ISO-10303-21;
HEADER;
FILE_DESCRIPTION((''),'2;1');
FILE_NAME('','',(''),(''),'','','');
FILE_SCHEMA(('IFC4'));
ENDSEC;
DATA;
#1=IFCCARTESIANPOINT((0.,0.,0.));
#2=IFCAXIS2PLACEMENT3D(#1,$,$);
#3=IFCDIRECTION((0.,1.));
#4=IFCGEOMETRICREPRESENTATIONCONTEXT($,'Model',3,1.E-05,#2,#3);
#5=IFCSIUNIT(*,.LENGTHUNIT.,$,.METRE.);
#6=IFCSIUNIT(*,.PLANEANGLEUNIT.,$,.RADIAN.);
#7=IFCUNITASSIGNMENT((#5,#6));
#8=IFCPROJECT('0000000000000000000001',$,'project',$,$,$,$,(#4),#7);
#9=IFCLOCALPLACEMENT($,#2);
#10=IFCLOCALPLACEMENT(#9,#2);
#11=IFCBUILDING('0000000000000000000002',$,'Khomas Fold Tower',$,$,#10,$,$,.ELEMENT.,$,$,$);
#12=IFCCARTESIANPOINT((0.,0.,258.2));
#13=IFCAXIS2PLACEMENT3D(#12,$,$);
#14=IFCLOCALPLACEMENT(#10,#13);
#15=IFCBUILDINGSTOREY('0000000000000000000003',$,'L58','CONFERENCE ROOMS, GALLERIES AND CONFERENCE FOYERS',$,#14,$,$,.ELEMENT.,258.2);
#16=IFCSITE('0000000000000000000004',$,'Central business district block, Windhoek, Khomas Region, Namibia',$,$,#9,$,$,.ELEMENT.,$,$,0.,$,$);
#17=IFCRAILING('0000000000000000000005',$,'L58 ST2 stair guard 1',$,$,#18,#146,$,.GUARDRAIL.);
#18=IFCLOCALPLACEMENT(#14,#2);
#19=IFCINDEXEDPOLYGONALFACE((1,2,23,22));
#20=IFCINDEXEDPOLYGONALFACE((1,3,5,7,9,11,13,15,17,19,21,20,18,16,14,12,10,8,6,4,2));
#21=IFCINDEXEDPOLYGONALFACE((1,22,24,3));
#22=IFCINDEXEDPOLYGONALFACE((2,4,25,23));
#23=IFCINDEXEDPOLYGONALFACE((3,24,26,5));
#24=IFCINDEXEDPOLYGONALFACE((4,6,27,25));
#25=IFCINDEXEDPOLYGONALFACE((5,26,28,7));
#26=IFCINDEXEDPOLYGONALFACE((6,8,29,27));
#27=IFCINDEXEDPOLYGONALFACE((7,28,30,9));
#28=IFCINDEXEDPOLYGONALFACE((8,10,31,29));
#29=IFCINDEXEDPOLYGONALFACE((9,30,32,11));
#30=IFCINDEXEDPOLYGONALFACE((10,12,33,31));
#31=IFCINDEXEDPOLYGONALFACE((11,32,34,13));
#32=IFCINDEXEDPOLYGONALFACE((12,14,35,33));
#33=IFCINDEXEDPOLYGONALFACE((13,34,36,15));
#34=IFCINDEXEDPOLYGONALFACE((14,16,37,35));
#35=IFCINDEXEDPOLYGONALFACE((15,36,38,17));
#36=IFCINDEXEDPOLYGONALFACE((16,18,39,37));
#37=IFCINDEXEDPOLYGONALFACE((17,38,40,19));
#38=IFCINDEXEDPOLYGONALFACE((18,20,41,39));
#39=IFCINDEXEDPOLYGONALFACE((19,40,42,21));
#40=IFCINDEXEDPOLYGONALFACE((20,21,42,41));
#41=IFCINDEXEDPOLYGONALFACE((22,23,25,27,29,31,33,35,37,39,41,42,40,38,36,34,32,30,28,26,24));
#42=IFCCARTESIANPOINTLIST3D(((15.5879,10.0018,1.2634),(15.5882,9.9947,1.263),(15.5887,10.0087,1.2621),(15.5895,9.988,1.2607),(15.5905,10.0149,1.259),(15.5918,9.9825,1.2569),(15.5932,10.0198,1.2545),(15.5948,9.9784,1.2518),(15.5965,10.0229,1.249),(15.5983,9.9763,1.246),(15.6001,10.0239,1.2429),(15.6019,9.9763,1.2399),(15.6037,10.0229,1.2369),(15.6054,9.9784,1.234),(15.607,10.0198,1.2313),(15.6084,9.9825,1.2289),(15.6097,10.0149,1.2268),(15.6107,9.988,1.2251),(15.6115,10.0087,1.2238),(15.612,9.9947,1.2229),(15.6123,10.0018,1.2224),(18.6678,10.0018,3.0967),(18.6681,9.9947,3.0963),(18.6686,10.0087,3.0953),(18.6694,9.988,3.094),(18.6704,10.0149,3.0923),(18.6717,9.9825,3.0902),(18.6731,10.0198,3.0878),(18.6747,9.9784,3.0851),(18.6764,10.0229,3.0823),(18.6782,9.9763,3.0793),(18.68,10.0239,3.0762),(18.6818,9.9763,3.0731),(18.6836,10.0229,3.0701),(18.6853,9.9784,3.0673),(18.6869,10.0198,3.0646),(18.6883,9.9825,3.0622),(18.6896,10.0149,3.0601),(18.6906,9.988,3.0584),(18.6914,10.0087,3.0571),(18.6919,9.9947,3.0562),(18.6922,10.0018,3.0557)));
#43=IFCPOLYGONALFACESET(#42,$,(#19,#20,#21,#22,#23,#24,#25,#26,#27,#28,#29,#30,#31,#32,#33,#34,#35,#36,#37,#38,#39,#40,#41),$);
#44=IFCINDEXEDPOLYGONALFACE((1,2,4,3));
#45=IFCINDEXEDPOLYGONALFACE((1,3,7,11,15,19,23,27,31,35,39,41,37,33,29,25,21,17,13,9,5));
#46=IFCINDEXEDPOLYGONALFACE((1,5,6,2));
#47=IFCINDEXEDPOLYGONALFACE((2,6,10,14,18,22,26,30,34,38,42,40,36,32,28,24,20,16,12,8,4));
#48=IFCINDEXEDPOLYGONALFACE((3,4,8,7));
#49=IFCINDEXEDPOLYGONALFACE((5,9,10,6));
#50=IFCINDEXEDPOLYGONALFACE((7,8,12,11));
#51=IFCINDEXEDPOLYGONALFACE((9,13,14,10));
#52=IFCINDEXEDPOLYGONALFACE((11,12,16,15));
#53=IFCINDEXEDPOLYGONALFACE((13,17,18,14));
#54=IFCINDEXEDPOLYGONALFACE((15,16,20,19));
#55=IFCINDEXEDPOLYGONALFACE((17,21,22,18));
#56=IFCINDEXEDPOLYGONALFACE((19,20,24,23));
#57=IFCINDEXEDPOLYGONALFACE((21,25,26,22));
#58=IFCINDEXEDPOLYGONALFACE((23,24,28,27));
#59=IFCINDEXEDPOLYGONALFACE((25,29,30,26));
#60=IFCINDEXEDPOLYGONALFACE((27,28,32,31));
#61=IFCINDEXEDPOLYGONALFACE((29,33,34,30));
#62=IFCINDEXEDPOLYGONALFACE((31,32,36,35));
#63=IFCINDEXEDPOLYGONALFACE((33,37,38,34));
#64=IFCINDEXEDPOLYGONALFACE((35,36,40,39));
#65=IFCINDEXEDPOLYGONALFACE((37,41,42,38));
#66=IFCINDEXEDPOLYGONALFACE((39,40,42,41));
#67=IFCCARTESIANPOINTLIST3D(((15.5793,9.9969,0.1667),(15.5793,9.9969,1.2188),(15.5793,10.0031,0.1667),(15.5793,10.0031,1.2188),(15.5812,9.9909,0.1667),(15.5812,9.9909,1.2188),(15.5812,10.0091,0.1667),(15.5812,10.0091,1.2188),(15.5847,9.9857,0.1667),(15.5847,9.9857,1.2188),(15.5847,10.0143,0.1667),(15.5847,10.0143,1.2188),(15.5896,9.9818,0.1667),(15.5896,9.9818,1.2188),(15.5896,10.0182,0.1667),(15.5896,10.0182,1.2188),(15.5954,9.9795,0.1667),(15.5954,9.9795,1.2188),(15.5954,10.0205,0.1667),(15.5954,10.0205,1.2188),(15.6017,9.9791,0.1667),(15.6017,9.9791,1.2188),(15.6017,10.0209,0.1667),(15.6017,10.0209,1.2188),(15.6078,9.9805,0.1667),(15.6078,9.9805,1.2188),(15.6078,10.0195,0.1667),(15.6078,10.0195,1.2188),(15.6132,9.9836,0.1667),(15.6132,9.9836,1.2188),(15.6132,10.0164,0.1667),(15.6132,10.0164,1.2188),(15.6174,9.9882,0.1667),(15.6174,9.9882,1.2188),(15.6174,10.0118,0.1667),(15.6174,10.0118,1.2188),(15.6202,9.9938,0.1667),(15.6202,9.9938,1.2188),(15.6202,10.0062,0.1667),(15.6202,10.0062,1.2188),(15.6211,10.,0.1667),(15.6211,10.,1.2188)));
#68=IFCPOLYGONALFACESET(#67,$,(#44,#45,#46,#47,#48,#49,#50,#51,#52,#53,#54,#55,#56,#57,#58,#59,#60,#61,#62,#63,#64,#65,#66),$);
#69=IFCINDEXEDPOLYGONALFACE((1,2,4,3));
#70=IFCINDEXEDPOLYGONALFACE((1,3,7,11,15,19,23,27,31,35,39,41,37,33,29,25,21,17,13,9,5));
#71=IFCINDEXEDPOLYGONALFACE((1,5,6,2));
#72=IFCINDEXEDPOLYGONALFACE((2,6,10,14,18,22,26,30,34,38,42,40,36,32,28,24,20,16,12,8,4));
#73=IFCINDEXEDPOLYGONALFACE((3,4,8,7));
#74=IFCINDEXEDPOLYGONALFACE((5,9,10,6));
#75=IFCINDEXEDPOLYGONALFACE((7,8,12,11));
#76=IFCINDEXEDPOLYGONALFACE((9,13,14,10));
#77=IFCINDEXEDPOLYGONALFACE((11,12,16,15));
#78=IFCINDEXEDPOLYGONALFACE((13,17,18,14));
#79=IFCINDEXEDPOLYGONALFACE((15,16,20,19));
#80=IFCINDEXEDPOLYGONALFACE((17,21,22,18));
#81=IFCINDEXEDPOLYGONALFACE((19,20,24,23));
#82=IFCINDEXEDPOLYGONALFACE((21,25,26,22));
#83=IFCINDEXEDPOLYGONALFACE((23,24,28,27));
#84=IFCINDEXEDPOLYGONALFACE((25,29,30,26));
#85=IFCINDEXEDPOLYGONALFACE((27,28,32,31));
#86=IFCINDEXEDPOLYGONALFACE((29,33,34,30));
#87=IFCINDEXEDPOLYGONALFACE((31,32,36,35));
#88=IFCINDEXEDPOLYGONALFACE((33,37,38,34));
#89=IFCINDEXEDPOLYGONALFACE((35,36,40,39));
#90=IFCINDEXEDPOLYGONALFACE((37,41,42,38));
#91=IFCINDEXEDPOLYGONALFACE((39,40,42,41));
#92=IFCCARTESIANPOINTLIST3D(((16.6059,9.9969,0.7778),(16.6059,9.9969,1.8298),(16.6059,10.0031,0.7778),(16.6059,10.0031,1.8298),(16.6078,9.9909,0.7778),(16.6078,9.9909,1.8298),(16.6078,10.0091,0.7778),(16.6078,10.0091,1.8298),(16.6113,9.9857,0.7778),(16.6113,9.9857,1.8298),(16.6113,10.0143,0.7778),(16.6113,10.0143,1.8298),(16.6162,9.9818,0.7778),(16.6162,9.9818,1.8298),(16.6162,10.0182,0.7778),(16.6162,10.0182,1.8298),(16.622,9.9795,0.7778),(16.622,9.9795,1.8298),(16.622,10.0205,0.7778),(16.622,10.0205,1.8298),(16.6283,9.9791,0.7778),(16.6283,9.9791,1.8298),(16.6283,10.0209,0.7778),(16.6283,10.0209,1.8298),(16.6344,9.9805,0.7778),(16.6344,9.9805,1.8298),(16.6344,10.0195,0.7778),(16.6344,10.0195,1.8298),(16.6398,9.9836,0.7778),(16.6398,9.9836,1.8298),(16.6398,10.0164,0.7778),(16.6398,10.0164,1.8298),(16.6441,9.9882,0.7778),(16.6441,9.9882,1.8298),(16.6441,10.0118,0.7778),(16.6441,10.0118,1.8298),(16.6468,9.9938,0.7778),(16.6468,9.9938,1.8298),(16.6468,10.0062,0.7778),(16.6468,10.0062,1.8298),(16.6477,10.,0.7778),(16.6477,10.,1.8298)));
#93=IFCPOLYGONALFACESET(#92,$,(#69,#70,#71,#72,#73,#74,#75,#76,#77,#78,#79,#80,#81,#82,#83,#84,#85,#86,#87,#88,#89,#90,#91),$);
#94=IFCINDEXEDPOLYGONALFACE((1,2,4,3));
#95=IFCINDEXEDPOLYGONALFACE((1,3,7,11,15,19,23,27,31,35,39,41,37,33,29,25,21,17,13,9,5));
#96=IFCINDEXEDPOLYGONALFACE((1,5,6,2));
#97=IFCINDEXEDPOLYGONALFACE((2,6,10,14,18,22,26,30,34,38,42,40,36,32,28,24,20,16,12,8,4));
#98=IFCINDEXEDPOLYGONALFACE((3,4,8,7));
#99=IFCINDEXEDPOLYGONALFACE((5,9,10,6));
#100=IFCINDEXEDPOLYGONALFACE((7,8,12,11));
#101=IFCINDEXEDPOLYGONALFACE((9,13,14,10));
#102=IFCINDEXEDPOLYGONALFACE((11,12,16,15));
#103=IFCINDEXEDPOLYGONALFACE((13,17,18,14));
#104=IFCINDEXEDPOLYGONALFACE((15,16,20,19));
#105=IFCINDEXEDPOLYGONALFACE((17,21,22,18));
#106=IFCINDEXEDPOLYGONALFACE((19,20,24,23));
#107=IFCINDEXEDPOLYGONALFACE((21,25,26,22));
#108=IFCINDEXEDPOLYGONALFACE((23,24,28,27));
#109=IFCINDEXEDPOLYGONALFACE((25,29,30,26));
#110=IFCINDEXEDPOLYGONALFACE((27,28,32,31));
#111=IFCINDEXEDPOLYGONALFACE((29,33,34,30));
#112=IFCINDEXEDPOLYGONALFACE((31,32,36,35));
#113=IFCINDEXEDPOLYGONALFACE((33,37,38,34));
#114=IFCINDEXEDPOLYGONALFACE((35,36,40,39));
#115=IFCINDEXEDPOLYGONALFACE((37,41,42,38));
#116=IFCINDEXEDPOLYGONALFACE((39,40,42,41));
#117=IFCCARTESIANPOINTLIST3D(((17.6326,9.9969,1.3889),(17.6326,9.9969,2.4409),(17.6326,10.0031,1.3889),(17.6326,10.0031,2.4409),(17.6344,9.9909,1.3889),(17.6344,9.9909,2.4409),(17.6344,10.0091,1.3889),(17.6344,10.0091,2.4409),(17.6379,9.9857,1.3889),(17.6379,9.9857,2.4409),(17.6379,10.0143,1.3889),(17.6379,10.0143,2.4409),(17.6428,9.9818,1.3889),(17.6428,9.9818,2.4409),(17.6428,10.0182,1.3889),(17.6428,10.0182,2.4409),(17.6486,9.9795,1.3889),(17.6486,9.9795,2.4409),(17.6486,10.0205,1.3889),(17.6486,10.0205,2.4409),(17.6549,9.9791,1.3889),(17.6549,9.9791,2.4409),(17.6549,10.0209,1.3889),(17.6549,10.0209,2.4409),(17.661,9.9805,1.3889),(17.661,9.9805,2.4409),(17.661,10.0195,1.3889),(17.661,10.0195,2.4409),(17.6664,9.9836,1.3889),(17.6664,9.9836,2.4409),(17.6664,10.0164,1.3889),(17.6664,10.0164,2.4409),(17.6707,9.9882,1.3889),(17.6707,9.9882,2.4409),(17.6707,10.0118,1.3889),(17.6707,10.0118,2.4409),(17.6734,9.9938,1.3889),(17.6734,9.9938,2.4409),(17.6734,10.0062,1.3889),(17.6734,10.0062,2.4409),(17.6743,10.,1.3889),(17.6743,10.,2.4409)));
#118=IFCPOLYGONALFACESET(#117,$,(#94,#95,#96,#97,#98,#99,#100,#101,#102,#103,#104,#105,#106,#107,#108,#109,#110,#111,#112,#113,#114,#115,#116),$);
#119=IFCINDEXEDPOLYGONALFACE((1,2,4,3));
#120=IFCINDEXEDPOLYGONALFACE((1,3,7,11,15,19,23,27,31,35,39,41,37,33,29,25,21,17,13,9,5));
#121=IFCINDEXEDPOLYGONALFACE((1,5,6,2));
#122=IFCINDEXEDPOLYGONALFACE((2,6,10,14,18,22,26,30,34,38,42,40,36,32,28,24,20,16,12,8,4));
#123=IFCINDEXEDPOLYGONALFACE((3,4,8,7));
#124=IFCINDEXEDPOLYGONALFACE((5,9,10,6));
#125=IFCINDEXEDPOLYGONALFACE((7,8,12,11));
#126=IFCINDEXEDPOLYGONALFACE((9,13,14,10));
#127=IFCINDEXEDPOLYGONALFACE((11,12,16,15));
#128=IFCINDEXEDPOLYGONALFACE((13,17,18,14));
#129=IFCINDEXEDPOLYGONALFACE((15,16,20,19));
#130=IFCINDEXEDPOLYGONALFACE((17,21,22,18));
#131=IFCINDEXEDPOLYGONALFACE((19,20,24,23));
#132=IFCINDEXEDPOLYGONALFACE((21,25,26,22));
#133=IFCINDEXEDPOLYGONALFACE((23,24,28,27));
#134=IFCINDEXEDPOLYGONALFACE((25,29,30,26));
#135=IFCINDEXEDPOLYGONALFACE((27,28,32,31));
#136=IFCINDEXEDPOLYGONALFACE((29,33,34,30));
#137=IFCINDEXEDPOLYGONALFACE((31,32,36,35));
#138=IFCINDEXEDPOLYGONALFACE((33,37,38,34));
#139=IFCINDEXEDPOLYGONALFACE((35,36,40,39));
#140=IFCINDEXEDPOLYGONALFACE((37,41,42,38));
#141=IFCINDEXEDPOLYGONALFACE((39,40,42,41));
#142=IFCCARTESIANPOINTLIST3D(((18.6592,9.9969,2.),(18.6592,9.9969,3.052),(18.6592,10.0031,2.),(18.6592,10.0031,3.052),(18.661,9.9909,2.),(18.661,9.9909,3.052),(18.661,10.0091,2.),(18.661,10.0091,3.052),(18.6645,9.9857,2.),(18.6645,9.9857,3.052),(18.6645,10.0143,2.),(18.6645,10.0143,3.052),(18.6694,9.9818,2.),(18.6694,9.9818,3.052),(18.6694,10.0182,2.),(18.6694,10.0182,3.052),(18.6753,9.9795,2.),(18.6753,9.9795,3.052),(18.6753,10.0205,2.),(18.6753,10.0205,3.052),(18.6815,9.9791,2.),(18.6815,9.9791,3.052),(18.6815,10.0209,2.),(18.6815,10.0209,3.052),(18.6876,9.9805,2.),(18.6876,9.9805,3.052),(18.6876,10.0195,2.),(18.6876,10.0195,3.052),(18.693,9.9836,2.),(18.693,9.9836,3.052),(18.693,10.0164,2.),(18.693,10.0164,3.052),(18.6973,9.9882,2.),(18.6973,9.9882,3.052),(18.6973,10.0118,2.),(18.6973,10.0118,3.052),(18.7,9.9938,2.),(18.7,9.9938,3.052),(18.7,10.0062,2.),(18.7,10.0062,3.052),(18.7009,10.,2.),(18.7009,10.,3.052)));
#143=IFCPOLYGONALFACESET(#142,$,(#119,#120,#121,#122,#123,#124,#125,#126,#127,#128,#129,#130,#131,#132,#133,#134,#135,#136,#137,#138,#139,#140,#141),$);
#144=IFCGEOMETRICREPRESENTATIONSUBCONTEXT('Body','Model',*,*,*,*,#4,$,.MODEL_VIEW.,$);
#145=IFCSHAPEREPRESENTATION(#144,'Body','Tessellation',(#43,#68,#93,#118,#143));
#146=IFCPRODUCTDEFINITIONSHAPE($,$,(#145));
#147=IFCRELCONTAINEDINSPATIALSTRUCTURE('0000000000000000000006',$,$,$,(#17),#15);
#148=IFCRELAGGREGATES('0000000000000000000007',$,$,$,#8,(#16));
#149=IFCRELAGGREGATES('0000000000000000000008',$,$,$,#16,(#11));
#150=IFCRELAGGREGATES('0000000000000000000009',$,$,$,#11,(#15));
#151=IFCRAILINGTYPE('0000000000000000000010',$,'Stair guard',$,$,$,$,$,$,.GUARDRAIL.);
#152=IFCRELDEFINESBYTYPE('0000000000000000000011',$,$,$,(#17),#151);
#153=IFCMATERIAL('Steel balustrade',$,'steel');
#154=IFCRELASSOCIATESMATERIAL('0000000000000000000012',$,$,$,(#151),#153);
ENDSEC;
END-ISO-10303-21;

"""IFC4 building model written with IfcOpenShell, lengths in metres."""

from ifc_helpers import new_model, si_unit, direction, frame, origin, origin_2d, place, context, subcontext, project, spatial, circle, extrude, source, transform, mapped, material, type_object, element, save


model = new_model("IFC4")

# Units and contexts
model_context = context("Model", 3, precision=1e-05, world=origin(), true_north=direction((0.0, 1.0)))
body_context = subcontext(model_context, "Body", "Model", "MODEL_VIEW")
ifc_project = project(units=[si_unit("LENGTHUNIT", "METRE"), si_unit("PLANEANGLEUNIT", "RADIAN")], contexts=[model_context])

# Site, building, storey
site_placement = place(None, origin())
site = spatial("IfcSite", under=ifc_project, at=site_placement, Name="Central business district block, Windhoek, Khomas Region, Namibia", CompositionType="ELEMENT", RefElevation=0.0)
building_placement = place(site_placement, origin())
building = spatial("IfcBuilding", under=site, at=building_placement, Name="Khomas Fold Tower", CompositionType="ELEMENT")
storey_placement = place(building_placement, frame((0.0, 0.0, 258.2)))
storey = spatial("IfcBuildingStorey", under=building, at=storey_placement, Name="L58", Description="CONFERENCE ROOMS, GALLERIES AND CONFERENCE FOYERS", CompositionType="ELEMENT", Elevation=258.2)

# Railing
ifc_material_1 = material(Name="Steel balustrade", Category="steel")
railing_type_1 = type_object("IfcRailingType", Name="Stair guard", PredefinedType="GUARDRAIL", material=ifc_material_1)
shared_shape_1 = source(origin(), body_context, "Body", "SweptSolid", [
    extrude(circle(Radius=0.0239, at=origin_2d()), frame((0.0, 0.0, 1.0762), z_axis=(0.859291, 0.0, 0.511487), x_axis=(0.0, 1.0, 0.0)), (0.0, 0.0, 1.0), 3.5842),
    extrude(circle(Radius=0.021, at=origin_2d()), origin(), (0.0, 0.0, 1.0), 1.052),
    extrude(circle(Radius=0.021, at=origin_2d()), frame((1.0266, 0.0, 0.6111)), (0.0, 0.0, 1.0), 1.052),
    extrude(circle(Radius=0.021, at=origin_2d()), frame((2.0532, 0.0, 1.2222)), (0.0, 0.0, 1.0), 1.052),
    extrude(circle(Radius=0.021, at=origin_2d()), frame((3.0798, 0.0, 1.8333)), (0.0, 0.0, 1.0), 1.052),
])
railing_1_placement = place(storey_placement, frame((15.6001, 10.0, 0.1667)))
element("IfcRailing", 1, at=railing_1_placement, inside=storey, type_object=railing_type_1, Name="L58 ST2 stair guard 1", PredefinedType="GUARDRAIL", context=body_context, shape_type="MappedRepresentation", body=[
    mapped(shared_shape_1, transform((0.0, 0.0, 0.0))),
])

save(model, "model.ifc")
